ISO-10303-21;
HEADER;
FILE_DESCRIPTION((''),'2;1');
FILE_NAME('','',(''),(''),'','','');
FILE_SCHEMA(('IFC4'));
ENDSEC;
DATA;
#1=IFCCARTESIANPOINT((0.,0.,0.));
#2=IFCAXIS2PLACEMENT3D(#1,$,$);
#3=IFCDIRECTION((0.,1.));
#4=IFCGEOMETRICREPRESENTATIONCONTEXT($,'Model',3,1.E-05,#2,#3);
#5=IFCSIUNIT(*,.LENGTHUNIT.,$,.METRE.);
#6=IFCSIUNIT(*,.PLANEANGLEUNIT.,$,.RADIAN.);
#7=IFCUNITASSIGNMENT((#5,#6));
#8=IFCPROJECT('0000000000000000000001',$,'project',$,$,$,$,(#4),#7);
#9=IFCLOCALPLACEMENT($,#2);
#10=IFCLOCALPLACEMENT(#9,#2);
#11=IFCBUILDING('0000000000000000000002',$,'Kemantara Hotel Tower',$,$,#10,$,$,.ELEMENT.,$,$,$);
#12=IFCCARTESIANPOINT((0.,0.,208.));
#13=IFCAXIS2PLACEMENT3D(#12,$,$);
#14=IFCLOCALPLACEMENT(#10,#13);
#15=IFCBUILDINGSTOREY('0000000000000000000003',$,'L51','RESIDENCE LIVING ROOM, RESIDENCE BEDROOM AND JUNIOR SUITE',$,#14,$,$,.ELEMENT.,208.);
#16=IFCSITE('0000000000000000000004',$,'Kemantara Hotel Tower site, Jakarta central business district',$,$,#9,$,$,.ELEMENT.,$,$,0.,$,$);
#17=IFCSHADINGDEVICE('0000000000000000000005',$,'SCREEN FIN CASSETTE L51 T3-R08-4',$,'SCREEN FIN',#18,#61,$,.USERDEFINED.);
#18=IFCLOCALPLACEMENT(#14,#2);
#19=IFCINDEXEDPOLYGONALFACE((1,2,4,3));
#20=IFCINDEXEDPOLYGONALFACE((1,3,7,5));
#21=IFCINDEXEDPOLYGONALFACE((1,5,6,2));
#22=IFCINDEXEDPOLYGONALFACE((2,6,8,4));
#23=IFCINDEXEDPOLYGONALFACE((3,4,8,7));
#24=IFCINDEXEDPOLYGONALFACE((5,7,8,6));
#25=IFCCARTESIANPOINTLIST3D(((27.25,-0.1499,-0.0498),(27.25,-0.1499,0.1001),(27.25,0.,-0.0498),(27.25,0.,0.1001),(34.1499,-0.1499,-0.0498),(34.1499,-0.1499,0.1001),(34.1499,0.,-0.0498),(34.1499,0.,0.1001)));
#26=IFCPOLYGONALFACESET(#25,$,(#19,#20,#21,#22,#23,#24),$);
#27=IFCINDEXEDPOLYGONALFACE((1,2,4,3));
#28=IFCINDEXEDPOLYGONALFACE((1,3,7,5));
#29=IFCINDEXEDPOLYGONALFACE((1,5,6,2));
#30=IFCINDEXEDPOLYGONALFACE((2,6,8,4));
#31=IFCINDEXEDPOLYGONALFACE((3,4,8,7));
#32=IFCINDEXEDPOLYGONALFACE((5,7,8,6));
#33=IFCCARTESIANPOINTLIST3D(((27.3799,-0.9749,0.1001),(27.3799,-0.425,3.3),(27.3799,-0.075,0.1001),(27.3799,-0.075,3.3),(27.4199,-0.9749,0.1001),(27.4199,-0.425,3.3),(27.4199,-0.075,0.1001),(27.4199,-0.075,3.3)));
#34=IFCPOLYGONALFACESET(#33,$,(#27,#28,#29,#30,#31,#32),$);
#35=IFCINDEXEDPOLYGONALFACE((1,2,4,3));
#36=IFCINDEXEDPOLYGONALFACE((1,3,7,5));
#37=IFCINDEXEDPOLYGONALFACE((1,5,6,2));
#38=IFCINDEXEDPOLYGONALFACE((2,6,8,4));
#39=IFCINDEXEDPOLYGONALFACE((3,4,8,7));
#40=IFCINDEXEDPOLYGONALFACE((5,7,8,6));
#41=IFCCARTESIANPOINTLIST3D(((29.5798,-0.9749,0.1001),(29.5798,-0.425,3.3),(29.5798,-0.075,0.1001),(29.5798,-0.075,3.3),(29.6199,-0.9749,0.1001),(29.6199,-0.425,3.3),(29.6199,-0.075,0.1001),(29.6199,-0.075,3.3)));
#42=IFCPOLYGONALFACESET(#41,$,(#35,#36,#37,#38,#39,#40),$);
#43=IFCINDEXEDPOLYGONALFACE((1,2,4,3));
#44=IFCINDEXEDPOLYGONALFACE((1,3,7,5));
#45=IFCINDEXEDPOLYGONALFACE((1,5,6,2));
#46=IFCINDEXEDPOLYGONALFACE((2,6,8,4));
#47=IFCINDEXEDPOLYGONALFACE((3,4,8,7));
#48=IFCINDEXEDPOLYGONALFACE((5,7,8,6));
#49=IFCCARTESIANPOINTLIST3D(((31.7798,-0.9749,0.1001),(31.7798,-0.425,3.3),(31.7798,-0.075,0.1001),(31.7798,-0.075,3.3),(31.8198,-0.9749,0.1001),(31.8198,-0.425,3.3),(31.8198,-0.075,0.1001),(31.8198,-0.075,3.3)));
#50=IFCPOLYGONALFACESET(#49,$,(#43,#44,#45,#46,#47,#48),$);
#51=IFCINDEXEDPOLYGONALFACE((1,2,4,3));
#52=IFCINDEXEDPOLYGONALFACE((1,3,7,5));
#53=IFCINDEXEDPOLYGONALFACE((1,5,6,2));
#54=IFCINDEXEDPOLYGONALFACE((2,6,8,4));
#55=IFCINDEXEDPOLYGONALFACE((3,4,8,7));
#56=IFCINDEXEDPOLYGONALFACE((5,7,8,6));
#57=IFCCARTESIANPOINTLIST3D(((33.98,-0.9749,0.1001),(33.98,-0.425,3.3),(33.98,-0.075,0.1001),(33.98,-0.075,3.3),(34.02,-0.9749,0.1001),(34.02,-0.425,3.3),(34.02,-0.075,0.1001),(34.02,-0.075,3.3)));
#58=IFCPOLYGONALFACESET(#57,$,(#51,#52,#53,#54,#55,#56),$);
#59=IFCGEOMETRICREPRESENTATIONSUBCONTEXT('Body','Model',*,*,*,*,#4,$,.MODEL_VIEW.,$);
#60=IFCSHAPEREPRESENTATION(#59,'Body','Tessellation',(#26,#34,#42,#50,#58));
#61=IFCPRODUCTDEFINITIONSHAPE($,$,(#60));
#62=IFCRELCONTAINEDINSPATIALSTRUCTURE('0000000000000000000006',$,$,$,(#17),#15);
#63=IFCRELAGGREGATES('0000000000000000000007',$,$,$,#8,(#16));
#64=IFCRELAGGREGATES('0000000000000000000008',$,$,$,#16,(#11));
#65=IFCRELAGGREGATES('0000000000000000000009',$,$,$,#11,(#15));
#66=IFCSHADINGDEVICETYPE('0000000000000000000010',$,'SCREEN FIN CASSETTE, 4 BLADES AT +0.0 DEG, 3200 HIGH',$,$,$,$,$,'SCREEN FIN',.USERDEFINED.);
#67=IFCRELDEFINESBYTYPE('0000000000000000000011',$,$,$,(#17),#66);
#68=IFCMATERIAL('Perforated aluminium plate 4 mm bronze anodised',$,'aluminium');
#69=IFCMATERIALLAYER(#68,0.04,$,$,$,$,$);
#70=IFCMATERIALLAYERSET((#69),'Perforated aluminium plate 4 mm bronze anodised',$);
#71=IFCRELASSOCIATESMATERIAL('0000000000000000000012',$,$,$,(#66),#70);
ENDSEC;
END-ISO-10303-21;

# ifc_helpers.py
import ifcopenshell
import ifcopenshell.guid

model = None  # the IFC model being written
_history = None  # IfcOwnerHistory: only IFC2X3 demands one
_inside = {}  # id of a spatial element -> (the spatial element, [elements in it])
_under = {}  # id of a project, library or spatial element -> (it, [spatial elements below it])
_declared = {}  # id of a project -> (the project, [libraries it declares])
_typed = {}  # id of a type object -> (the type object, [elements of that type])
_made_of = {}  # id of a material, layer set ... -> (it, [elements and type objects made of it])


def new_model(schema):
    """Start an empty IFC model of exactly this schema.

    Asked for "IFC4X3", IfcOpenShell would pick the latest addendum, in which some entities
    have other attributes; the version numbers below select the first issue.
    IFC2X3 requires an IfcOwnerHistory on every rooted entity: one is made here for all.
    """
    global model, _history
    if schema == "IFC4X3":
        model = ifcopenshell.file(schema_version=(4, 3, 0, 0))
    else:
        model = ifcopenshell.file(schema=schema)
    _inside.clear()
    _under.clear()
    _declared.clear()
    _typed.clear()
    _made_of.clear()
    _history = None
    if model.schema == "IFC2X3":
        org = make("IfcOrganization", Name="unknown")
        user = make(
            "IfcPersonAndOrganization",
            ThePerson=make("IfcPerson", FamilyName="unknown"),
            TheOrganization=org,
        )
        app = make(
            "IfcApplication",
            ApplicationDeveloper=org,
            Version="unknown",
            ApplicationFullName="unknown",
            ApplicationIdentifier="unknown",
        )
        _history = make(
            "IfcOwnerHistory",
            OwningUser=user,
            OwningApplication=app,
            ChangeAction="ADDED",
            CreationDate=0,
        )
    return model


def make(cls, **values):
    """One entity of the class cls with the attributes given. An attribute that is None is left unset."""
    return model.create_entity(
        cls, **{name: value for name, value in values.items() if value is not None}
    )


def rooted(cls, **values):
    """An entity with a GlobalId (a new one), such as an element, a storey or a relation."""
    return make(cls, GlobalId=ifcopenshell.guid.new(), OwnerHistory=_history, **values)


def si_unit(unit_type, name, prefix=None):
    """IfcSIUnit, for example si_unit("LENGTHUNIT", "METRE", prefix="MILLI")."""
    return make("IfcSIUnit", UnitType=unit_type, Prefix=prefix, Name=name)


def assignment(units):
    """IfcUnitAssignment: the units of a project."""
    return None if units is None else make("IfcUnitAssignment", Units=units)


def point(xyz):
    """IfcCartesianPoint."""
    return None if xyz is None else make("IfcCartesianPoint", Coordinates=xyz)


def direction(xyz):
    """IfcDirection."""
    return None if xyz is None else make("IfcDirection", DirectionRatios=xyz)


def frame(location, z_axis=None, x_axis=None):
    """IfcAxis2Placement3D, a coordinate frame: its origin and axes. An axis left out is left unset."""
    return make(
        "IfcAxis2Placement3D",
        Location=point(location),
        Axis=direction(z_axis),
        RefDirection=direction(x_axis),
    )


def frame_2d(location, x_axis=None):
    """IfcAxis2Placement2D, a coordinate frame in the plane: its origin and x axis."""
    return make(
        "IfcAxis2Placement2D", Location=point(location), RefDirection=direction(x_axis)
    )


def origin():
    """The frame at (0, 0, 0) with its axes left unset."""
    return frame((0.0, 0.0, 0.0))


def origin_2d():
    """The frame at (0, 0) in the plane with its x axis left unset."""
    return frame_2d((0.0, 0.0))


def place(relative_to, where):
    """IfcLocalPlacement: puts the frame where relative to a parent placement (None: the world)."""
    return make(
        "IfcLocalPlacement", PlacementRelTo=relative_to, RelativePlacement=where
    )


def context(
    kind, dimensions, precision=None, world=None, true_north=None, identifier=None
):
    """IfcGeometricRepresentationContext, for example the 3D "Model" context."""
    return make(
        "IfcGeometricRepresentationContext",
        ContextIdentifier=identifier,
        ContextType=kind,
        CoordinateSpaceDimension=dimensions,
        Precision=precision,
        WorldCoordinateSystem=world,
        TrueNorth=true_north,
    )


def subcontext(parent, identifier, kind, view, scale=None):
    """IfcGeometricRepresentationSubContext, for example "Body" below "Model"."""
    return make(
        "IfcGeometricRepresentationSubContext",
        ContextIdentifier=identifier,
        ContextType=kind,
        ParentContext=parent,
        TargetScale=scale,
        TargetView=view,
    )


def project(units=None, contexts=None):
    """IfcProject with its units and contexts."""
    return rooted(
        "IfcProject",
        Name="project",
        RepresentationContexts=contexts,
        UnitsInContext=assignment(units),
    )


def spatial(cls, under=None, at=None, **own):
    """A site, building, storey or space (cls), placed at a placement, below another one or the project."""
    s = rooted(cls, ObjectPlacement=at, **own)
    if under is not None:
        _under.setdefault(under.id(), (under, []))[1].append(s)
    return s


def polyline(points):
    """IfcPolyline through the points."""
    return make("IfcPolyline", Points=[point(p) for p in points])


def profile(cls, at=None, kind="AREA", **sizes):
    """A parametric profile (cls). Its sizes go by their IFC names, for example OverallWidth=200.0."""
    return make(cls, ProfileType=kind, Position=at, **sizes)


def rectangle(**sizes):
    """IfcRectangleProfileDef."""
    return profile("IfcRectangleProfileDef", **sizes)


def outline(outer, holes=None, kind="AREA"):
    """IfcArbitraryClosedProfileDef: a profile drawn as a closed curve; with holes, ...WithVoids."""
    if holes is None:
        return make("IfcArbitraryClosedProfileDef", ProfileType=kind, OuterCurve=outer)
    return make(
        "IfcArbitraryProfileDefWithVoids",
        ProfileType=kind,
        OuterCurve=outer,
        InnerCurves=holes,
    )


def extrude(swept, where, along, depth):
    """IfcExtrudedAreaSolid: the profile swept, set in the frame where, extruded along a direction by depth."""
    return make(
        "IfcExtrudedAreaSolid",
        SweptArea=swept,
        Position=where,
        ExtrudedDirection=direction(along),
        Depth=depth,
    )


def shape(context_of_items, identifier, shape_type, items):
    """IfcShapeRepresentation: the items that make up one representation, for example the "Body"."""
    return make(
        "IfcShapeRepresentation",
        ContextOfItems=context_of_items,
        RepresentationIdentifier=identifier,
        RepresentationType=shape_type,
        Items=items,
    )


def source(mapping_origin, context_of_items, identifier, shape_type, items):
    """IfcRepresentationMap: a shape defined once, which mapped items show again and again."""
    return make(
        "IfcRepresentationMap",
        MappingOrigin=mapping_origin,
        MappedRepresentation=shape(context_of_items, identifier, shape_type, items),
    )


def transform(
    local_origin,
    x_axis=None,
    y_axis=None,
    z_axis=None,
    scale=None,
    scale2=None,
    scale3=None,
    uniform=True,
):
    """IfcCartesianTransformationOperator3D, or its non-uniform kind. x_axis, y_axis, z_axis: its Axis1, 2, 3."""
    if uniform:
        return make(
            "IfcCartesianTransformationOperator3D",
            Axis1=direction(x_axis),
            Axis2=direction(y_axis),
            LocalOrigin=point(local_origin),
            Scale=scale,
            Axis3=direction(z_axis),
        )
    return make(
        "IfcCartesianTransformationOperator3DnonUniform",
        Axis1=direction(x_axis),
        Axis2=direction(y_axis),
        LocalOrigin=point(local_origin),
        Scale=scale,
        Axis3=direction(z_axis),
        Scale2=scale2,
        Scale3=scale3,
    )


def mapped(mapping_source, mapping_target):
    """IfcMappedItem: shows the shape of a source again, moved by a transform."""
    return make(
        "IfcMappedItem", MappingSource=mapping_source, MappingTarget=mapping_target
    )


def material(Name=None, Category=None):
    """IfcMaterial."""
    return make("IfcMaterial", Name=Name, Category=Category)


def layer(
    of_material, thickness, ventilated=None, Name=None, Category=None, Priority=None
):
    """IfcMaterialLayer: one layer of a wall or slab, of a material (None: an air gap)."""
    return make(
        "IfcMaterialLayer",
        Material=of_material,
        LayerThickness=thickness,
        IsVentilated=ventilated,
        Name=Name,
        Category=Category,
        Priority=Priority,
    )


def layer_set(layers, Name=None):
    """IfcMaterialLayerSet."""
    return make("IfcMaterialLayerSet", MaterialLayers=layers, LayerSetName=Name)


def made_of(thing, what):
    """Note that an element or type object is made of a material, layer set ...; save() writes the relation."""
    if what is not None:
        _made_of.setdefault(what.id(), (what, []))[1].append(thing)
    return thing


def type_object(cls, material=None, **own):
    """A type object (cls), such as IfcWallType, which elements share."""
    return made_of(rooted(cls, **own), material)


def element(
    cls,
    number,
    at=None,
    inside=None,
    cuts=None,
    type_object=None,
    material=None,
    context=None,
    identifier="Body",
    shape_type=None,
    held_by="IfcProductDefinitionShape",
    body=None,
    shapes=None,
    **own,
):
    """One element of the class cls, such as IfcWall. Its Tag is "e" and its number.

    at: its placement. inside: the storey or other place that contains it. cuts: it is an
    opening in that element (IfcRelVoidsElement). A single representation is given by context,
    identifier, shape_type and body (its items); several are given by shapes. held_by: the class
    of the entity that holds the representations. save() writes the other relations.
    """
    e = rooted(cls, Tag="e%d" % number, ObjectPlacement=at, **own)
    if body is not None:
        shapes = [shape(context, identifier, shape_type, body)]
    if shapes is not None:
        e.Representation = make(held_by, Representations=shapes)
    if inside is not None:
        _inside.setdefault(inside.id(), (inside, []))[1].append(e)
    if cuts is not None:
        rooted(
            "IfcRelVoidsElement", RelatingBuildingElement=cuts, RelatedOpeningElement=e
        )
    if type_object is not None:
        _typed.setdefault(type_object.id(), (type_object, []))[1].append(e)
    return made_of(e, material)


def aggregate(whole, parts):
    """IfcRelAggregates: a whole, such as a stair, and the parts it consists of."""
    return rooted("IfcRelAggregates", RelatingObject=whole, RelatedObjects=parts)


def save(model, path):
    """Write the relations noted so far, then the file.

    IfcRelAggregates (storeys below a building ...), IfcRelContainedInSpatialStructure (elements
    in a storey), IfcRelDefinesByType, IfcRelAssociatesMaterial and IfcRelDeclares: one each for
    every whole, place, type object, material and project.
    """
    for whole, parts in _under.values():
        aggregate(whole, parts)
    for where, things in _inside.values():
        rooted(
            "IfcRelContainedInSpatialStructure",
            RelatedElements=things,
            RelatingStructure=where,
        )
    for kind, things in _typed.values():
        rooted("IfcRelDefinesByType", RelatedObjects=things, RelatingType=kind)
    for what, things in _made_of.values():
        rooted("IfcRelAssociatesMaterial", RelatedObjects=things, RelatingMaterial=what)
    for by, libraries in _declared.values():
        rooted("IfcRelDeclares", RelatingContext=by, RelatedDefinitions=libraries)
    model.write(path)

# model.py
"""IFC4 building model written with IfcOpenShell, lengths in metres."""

from ifc_helpers import new_model, si_unit, direction, frame, origin, origin_2d, place, context, subcontext, project, spatial, polyline, rectangle, outline, extrude, source, transform, mapped, material, layer, layer_set, type_object, element, save


model = new_model("IFC4")

# Units and contexts
model_context = context("Model", 3, precision=1e-05, world=origin(), true_north=direction((0.0, 1.0)))
body_context = subcontext(model_context, "Body", "Model", "MODEL_VIEW")
ifc_project = project(units=[si_unit("LENGTHUNIT", "METRE"), si_unit("PLANEANGLEUNIT", "RADIAN")], contexts=[model_context])

# Site, building, storey
site_placement = place(None, origin())
site = spatial("IfcSite", under=ifc_project, at=site_placement, Name="Kemantara Hotel Tower site, Jakarta central business district", CompositionType="ELEMENT", RefElevation=0.0)
building_placement = place(site_placement, origin())
building = spatial("IfcBuilding", under=site, at=building_placement, Name="Kemantara Hotel Tower", CompositionType="ELEMENT")
storey_placement = place(building_placement, frame((0.0, 0.0, 208.0)))
storey = spatial("IfcBuildingStorey", under=building, at=storey_placement, Name="L51", Description="RESIDENCE LIVING ROOM, RESIDENCE BEDROOM AND JUNIOR SUITE", CompositionType="ELEMENT", Elevation=208.0)

# Shading device
ifc_material_1 = material(Name="Perforated aluminium plate 4 mm bronze anodised", Category="aluminium")
ifc_layer_1 = layer(ifc_material_1, 0.04)
ifc_layer_set_1 = layer_set([ifc_layer_1], Name="Perforated aluminium plate 4 mm bronze anodised")
shading_device_type = type_object("IfcShadingDeviceType", Name="SCREEN FIN CASSETTE, 4 BLADES AT +0.0 DEG, 3200 HIGH", ElementType="SCREEN FIN", PredefinedType="USERDEFINED", material=ifc_layer_set_1)
shared_shape = source(origin(), body_context, "Body", "SweptSolid", [
    extrude(rectangle(XDim=6.8999, YDim=0.1499, at=origin_2d()), frame((3.3, -0.075, -0.1499), z_axis=(0.0, 0.0, 1.0), x_axis=(1.0, 0.0, 0.0)), (0.0, 0.0, 1.0), 0.1499),
    extrude(outline(polyline([(0.0, 0.0), (0.8999, 0.0), (0.3501, 3.2), (0.0, 3.2), (0.0, 0.0)])), frame((0.02, -0.075, 0.0), z_axis=(-1.0, 0.0, 0.0), x_axis=(0.0, -1.0, 0.0)), (0.0, 0.0, 1.0), 0.04),
    extrude(outline(polyline([(0.0, 0.0), (0.8999, 0.0), (0.3501, 3.2), (0.0, 3.2), (0.0, 0.0)])), frame((2.22, -0.075, 0.0), z_axis=(-1.0, 0.0, 0.0), x_axis=(0.0, -1.0, 0.0)), (0.0, 0.0, 1.0), 0.04),
    extrude(outline(polyline([(0.0, 0.0), (0.8999, 0.0), (0.3501, 3.2), (0.0, 3.2), (0.0, 0.0)])), frame((4.4199, -0.075, 0.0), z_axis=(-1.0, 0.0, 0.0), x_axis=(0.0, -1.0, 0.0)), (0.0, 0.0, 1.0), 0.04),
    extrude(outline(polyline([(0.0, 0.0), (0.8999, 0.0), (0.3501, 3.2), (0.0, 3.2), (0.0, 0.0)])), frame((6.6201, -0.075, 0.0), z_axis=(-1.0, 0.0, 0.0), x_axis=(0.0, -1.0, 0.0)), (0.0, 0.0, 1.0), 0.04),
])
shading_device_placement = place(storey_placement, frame((27.3999, 0.0, 0.1001), z_axis=(0.0, 0.0, 1.0), x_axis=(1.0, 0.0, 0.0)))
element("IfcShadingDevice", 1, at=shading_device_placement, inside=storey, type_object=shading_device_type, Name="SCREEN FIN CASSETTE L51 T3-R08-4", ObjectType="SCREEN FIN", PredefinedType="USERDEFINED", context=body_context, shape_type="MappedRepresentation", body=[
    mapped(shared_shape, transform((0.0, 0.0, 0.0))),
])

save(model, "model.ifc")
